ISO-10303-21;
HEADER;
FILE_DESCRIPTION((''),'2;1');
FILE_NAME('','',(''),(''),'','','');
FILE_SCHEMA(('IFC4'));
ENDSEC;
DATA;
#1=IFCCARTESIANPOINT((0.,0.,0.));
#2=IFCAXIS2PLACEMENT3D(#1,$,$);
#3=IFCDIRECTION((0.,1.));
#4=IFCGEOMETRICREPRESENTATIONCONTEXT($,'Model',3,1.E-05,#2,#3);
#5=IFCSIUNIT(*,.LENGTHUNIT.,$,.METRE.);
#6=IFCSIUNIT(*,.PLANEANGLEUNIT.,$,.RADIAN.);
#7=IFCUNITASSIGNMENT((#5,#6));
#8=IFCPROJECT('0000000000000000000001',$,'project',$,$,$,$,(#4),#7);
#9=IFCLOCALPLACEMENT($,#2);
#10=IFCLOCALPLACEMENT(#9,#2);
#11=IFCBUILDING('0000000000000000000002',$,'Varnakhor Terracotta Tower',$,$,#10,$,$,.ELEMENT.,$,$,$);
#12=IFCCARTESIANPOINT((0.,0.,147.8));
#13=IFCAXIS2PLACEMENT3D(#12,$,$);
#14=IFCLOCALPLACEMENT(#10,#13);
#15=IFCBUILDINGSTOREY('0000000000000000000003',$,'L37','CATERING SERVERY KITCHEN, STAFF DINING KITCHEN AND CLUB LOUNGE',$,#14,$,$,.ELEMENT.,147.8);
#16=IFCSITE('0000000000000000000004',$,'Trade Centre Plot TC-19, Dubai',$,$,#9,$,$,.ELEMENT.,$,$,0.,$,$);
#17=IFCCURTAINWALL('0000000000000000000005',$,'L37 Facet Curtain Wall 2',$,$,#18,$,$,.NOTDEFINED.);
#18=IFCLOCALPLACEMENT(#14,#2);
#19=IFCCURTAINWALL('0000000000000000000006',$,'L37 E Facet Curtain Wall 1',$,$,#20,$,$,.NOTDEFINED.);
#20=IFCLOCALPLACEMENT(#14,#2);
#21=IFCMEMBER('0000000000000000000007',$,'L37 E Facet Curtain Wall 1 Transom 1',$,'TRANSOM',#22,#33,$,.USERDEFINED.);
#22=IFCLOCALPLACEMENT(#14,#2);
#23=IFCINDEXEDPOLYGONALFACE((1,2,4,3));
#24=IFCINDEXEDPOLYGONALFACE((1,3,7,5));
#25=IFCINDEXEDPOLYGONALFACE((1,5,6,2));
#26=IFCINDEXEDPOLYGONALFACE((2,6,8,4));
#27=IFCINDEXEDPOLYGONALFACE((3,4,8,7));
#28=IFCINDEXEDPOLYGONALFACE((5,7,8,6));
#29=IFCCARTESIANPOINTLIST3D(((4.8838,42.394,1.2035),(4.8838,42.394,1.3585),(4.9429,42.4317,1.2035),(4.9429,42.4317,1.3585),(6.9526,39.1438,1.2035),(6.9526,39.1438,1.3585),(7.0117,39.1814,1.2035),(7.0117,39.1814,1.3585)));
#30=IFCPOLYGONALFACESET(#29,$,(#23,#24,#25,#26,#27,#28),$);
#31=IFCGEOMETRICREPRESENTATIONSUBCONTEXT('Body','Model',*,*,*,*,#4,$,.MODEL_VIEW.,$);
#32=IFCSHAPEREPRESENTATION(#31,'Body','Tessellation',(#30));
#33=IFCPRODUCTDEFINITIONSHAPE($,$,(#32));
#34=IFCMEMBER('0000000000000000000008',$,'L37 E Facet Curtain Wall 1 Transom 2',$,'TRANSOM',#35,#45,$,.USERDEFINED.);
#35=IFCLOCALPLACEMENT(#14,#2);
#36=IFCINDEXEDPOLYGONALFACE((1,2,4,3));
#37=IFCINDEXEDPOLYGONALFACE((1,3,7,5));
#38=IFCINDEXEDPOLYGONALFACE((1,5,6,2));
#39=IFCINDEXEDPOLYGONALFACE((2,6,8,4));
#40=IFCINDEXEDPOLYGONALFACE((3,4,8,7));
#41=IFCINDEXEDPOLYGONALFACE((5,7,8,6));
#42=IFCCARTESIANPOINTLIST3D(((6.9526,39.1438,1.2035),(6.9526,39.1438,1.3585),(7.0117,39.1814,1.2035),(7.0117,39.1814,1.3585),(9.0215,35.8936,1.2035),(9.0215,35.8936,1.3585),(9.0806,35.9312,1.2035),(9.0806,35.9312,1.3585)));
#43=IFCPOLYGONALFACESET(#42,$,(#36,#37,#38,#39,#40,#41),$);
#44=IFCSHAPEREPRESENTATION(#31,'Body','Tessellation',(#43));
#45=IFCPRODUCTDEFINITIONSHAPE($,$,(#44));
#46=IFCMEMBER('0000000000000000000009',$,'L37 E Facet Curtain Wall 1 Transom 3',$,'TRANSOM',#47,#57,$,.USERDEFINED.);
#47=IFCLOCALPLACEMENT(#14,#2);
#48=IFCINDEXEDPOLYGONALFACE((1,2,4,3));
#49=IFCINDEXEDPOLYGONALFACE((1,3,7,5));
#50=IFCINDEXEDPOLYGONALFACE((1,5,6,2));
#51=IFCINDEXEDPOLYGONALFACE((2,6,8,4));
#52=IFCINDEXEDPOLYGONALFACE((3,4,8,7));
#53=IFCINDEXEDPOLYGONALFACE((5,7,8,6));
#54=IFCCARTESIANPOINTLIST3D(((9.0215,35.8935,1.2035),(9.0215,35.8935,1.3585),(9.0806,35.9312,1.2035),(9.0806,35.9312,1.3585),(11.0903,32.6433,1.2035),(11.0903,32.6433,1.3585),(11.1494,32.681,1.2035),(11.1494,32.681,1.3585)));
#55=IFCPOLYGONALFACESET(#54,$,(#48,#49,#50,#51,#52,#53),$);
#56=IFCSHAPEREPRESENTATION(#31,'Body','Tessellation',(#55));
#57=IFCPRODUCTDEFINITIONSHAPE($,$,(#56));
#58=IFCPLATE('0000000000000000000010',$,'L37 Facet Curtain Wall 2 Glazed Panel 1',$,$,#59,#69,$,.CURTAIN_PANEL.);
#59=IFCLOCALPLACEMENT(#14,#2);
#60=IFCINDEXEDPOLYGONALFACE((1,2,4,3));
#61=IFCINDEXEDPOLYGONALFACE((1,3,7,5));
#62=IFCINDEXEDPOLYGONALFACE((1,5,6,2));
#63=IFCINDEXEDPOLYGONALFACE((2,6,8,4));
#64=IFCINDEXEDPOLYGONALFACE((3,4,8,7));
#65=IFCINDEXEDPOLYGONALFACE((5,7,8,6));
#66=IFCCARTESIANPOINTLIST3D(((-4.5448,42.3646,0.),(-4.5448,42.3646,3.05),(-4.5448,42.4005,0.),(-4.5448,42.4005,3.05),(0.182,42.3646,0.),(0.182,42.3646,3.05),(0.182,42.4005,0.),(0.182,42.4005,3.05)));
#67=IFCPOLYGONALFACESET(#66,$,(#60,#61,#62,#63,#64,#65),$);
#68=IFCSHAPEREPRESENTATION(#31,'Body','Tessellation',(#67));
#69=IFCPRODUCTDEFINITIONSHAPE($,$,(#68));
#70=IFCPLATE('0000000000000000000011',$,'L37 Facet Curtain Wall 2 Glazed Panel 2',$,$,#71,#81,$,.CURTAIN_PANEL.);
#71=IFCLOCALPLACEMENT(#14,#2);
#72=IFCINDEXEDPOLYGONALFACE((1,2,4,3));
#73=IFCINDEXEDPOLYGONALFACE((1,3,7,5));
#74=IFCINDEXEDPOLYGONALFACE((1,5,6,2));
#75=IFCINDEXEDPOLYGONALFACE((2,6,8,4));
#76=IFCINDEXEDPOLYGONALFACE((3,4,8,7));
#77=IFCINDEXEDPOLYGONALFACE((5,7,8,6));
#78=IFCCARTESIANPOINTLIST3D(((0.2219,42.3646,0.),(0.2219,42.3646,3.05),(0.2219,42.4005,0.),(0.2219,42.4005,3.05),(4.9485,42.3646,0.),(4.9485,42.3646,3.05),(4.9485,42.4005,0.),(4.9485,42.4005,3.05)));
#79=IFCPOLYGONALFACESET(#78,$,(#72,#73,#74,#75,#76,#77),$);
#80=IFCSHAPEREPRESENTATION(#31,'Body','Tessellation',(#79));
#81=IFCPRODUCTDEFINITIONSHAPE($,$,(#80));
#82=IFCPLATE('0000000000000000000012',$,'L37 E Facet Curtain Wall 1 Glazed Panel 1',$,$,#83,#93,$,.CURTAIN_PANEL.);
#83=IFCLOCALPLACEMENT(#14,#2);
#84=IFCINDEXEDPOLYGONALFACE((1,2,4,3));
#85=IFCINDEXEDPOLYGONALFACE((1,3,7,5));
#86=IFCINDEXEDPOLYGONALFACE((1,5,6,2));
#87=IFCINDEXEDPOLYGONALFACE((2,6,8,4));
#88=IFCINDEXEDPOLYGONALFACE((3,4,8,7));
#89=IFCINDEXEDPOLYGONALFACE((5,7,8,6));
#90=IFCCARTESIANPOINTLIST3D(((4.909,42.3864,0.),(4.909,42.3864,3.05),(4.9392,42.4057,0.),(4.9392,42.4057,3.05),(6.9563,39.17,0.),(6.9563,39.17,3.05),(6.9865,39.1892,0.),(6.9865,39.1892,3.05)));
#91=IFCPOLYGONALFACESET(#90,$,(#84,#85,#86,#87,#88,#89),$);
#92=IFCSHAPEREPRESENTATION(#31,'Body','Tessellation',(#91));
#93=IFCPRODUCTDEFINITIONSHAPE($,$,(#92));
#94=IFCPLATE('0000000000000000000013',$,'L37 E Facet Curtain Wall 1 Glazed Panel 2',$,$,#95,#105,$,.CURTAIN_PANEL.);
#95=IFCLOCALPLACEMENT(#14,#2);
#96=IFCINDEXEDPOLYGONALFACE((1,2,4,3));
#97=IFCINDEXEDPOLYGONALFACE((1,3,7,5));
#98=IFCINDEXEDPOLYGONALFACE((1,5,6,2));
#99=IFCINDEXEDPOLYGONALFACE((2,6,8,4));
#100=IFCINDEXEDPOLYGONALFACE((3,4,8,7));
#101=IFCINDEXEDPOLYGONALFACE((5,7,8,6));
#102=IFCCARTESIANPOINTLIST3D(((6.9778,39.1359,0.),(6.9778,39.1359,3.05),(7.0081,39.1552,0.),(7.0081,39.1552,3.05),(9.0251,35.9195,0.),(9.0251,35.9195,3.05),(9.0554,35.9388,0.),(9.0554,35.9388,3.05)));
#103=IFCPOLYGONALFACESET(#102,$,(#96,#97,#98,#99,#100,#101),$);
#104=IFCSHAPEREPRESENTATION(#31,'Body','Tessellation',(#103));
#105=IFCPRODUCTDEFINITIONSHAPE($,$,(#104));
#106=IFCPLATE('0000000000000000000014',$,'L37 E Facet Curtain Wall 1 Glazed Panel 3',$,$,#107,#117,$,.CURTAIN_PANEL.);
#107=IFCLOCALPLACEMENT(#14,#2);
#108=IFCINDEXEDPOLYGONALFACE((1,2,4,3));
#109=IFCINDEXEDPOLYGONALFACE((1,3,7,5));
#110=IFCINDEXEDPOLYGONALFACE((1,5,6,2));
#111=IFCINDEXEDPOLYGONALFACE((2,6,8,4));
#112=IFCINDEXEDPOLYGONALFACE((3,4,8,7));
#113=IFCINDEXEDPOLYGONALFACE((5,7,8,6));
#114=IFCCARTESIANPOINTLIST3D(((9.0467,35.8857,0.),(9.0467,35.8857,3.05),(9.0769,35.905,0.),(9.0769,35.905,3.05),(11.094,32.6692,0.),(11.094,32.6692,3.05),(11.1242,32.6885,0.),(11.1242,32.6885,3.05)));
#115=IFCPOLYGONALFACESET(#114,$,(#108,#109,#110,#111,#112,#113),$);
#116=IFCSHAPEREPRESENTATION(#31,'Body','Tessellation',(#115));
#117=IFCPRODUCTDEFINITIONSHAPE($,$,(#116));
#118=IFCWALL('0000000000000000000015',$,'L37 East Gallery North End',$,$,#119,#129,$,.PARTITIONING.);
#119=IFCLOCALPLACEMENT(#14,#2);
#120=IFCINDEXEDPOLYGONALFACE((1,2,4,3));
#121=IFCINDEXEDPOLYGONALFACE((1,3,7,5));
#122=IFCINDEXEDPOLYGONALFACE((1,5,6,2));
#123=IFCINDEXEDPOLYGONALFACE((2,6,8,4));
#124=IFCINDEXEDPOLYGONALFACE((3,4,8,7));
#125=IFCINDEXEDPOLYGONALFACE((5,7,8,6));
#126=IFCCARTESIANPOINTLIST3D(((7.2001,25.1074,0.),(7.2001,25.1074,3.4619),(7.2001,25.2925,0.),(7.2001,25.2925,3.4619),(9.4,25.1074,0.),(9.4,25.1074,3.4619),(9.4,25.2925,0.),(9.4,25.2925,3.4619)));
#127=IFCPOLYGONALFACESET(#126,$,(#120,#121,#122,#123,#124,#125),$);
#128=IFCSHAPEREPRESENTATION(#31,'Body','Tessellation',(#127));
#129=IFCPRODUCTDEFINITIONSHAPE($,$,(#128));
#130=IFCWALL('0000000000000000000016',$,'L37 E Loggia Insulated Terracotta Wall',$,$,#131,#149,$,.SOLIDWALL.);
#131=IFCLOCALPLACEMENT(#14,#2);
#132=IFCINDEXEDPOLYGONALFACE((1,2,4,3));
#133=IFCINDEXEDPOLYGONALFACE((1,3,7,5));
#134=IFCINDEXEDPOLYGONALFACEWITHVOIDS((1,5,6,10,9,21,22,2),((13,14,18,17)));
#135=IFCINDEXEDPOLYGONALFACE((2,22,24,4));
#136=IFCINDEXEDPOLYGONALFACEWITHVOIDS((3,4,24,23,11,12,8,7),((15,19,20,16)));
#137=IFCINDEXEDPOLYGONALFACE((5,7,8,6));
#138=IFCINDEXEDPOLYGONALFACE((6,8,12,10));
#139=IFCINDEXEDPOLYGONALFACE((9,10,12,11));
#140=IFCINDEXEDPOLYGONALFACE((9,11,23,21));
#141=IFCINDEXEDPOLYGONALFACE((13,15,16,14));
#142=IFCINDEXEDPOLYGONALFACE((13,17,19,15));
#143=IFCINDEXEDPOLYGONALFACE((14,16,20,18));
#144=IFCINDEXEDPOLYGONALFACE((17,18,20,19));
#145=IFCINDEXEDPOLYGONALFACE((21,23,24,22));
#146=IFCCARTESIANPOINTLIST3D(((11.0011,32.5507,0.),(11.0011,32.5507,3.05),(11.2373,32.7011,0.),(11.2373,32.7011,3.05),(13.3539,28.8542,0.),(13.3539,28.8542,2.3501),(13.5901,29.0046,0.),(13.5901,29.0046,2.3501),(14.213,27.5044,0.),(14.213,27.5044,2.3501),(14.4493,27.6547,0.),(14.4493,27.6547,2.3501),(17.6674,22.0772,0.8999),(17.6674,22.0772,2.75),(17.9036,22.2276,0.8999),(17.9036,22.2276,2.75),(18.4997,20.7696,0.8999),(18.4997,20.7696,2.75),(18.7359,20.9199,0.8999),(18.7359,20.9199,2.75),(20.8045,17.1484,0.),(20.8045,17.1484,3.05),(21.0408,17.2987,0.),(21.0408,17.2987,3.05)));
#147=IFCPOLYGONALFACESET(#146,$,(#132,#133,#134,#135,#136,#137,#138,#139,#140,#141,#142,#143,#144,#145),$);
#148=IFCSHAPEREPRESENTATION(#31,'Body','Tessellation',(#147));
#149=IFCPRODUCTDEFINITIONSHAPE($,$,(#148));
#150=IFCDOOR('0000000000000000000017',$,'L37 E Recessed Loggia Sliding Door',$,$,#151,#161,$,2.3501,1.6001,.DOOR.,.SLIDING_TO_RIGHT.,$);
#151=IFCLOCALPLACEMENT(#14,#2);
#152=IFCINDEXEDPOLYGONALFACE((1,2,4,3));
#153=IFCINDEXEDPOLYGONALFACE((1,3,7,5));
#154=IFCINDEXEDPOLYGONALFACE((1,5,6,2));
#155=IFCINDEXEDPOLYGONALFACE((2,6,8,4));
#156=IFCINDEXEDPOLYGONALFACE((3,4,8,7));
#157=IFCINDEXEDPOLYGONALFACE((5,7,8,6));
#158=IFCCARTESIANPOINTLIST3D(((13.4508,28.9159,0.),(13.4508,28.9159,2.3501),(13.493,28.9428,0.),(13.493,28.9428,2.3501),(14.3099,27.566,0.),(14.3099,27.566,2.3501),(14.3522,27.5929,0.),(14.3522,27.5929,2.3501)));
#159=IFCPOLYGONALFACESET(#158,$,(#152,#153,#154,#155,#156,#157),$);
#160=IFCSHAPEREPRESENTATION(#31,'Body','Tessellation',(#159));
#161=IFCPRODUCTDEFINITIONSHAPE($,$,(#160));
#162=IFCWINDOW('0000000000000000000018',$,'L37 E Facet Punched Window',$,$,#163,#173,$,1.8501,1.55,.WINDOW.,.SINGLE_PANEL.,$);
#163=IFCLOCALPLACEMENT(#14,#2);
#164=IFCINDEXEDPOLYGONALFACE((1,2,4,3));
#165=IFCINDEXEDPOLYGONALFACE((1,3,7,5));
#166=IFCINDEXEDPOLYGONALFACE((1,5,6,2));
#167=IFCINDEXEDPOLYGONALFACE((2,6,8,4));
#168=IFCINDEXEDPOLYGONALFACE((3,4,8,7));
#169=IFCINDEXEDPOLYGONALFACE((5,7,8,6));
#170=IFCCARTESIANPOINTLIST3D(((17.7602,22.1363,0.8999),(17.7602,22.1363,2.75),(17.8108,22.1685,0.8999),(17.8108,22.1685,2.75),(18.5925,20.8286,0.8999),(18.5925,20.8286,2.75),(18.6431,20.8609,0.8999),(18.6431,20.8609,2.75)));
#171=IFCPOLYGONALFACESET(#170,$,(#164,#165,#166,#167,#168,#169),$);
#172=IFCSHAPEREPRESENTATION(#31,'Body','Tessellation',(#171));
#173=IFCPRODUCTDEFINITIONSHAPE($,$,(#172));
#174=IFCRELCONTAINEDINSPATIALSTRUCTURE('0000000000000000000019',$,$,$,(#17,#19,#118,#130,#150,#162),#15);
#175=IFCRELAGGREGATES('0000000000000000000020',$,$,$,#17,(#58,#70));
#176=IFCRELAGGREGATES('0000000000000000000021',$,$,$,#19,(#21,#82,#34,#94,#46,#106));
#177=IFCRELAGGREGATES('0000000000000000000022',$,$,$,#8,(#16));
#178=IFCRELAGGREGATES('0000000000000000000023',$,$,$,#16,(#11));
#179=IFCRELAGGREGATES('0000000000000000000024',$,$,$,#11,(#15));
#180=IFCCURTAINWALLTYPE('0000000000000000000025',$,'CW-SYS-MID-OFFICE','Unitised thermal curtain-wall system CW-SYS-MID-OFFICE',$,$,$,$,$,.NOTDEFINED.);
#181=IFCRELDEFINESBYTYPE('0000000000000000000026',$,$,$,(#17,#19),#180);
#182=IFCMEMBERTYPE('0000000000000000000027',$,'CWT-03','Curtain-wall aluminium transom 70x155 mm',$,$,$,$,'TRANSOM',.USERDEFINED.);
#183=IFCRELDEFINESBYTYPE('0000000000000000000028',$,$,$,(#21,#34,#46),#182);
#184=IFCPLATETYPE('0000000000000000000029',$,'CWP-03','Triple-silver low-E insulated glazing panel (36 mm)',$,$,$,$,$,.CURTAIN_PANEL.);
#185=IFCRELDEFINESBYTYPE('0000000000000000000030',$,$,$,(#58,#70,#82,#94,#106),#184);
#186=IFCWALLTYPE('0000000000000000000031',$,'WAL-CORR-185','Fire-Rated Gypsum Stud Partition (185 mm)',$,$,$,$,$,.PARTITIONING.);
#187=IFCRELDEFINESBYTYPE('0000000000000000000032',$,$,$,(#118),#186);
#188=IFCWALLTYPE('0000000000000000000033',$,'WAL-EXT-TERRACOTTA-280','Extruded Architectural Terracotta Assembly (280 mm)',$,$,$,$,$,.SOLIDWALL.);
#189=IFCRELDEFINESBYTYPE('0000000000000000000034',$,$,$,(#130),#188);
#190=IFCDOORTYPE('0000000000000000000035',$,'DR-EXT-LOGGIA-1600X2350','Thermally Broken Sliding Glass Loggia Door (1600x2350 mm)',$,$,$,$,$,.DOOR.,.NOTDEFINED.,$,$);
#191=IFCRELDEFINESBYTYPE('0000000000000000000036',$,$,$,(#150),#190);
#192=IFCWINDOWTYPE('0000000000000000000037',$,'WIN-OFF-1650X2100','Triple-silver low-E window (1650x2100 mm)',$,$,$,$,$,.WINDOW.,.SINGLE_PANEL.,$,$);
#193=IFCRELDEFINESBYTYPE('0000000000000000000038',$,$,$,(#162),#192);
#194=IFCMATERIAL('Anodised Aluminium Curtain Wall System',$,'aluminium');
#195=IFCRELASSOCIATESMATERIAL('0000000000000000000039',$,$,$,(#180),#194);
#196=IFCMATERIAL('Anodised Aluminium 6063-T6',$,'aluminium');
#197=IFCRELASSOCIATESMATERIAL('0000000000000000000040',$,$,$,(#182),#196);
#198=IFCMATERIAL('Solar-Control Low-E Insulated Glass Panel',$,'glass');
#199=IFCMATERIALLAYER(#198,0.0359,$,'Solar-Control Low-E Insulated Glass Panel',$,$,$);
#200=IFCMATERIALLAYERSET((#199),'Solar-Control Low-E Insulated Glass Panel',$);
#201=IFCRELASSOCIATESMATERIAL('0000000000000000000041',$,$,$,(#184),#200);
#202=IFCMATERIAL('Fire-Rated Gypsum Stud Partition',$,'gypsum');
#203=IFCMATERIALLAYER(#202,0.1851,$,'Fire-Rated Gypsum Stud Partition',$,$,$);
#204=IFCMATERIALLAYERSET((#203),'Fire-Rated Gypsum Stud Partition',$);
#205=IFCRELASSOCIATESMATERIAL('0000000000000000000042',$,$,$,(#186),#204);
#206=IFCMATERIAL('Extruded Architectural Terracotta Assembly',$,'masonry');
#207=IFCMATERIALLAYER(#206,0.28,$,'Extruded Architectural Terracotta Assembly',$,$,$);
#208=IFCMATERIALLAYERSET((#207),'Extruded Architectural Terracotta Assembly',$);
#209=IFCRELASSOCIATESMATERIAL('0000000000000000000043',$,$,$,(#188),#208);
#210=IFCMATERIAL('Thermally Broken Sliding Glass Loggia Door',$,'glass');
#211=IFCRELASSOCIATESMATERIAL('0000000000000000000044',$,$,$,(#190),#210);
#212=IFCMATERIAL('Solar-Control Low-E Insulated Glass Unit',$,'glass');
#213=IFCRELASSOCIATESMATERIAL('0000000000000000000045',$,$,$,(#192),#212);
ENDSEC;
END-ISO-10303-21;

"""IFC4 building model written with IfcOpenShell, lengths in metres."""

from ifc_helpers import new_model, si_unit, direction, frame, frame_2d, origin, origin_2d, place, context, subcontext, project, spatial, rectangle, extrude, source, transform, mapped, material, layer, layer_set, material_profile, profile_set, type_object, type_shapes, element, fill, aggregate, save


model = new_model("IFC4")

# Units and contexts
model_context = context("Model", 3, precision=1e-05, world=origin(), true_north=direction((0.0, 1.0)))
body_context = subcontext(model_context, "Body", "Model", "MODEL_VIEW")
ifc_project = project(units=[si_unit("LENGTHUNIT", "METRE"), si_unit("PLANEANGLEUNIT", "RADIAN")], contexts=[model_context])

# Site, building, storey
site_placement = place(None, origin())
site = spatial("IfcSite", under=ifc_project, at=site_placement, Name="Trade Centre Plot TC-19, Dubai", CompositionType="ELEMENT", RefElevation=0.0)
building_placement = place(site_placement, origin())
building = spatial("IfcBuilding", under=site, at=building_placement, Name="Varnakhor Terracotta Tower", CompositionType="ELEMENT")
storey_placement = place(building_placement, frame((0.0, 0.0, 147.8)))
storey = spatial("IfcBuildingStorey", under=building, at=storey_placement, Name="L37", Description="CATERING SERVERY KITCHEN, STAFF DINING KITCHEN AND CLUB LOUNGE", CompositionType="ELEMENT", Elevation=147.8)

# Curtain wall
ifc_material_1 = material(Name="Anodised Aluminium Curtain Wall System", Category="aluminium")
curtain_wall_type = type_object("IfcCurtainWallType", Name="CW-SYS-MID-OFFICE", Description="Unitised thermal curtain-wall system CW-SYS-MID-OFFICE", PredefinedType="NOTDEFINED", material=ifc_material_1)
curtain_wall_1_placement = place(storey_placement, origin())
curtain_wall_1 = element("IfcCurtainWall", 1, at=curtain_wall_1_placement, inside=storey, type_object=curtain_wall_type, Name="L37 Facet Curtain Wall 2", PredefinedType="NOTDEFINED")
ifc_material_2 = material(Name="Anodised Aluminium 6063-T6", Category="aluminium")

# Curtain wall
curtain_wall_2_placement = place(storey_placement, origin())
curtain_wall_2 = element("IfcCurtainWall", 2, at=curtain_wall_2_placement, inside=storey, type_object=curtain_wall_type, Name="L37 E Facet Curtain Wall 1", PredefinedType="NOTDEFINED")

# Members
ifc_material_profile_1 = material_profile(ifc_material_2, rectangle(XDim=0.0701, YDim=0.155, at=origin_2d()), Name="ALU TRANSOM 70x155")
ifc_profile_set_1 = profile_set([ifc_material_profile_1], Name="Anodised Aluminium 6063-T6")
member_type_1 = type_object("IfcMemberType", Name="CWT-03", Description="Curtain-wall aluminium transom 70x155 mm", ElementType="TRANSOM", PredefinedType="USERDEFINED", material=ifc_profile_set_1)
shared_shape_1 = source(origin(), body_context, "Body", "SweptSolid", [
    extrude(rectangle(XDim=0.0701, YDim=0.155, at=origin_2d()), origin(), (0.0, 0.0, 1.0), 3.8528),
])
member_1_placement = place(storey_placement, frame((4.9133, 42.4128, 1.281), z_axis=(0.53697, -0.843601, 0.0), x_axis=(0.843601, 0.53697, 0.0)))
member_1 = element("IfcMember", 3, at=member_1_placement, type_object=member_type_1, Name="L37 E Facet Curtain Wall 1 Transom 1", ObjectType="TRANSOM", PredefinedType="USERDEFINED", context=body_context, shape_type="MappedRepresentation", body=[
    mapped(shared_shape_1, transform((0.0, 0.0, 0.0), scale=1.0)),
])
member_2_placement = place(storey_placement, frame((6.9822, 39.1626, 1.281), z_axis=(0.53697, -0.843601, 0.0), x_axis=(0.843601, 0.53697, 0.0)))
member_2 = element("IfcMember", 4, at=member_2_placement, type_object=member_type_1, Name="L37 E Facet Curtain Wall 1 Transom 2", ObjectType="TRANSOM", PredefinedType="USERDEFINED", context=body_context, shape_type="MappedRepresentation", body=[
    mapped(shared_shape_1, transform((0.0, 0.0, 0.0), scale=1.0)),
])
member_3_placement = place(storey_placement, frame((9.051, 35.9124, 1.281), z_axis=(0.53697, -0.843601, 0.0), x_axis=(0.843601, 0.53697, 0.0)))
member_3 = element("IfcMember", 5, at=member_3_placement, type_object=member_type_1, Name="L37 E Facet Curtain Wall 1 Transom 3", ObjectType="TRANSOM", PredefinedType="USERDEFINED", context=body_context, shape_type="MappedRepresentation", body=[
    mapped(shared_shape_1, transform((0.0, 0.0, 0.0), scale=1.0)),
])

# Plates
ifc_material_3 = material(Name="Solar-Control Low-E Insulated Glass Panel", Category="glass")
ifc_layer_1 = layer(ifc_material_3, 0.0359, Name="Solar-Control Low-E Insulated Glass Panel")
ifc_layer_set_1 = layer_set([ifc_layer_1], Name="Solar-Control Low-E Insulated Glass Panel")
plate_type = type_object("IfcPlateType", Name="CWP-03", Description="Triple-silver low-E insulated glazing panel (36 mm)", PredefinedType="CURTAIN_PANEL", material=ifc_layer_set_1)
shared_shape_2 = source(origin(), body_context, "Body", "SweptSolid", [
    extrude(rectangle(XDim=4.7268, YDim=0.0359, at=origin_2d()), origin(), (0.0, 0.0, 1.0), 3.05),
])
plate_1_placement = place(storey_placement, frame((-2.1814, 42.3826, 0.0), z_axis=(0.0, 0.0, 1.0), x_axis=(1.0, 0.0, 0.0)))
plate_1 = element("IfcPlate", 6, at=plate_1_placement, type_object=plate_type, Name="L37 Facet Curtain Wall 2 Glazed Panel 1", PredefinedType="CURTAIN_PANEL", context=body_context, shape_type="MappedRepresentation", body=[
    mapped(shared_shape_2, transform((0.0, 0.0, 0.0), scale=1.0)),
])
shared_shape_3 = source(origin(), body_context, "Body", "SweptSolid", [
    extrude(rectangle(XDim=4.7266, YDim=0.0359, at=origin_2d()), origin(), (0.0, 0.0, 1.0), 3.05),
])
plate_2_placement = place(storey_placement, frame((2.5852, 42.3826, 0.0), z_axis=(0.0, 0.0, 1.0), x_axis=(1.0, 0.0, 0.0)))
plate_2 = element("IfcPlate", 7, at=plate_2_placement, type_object=plate_type, Name="L37 Facet Curtain Wall 2 Glazed Panel 2", PredefinedType="CURTAIN_PANEL", context=body_context, shape_type="MappedRepresentation", body=[
    mapped(shared_shape_3, transform((0.0, 0.0, 0.0), scale=1.0)),
])
aggregate(curtain_wall_1, [plate_1, plate_2])
shared_shape_4 = source(origin(), body_context, "Body", "SweptSolid", [
    extrude(rectangle(XDim=3.8127, YDim=0.0359, at=origin_2d()), origin(), (0.0, 0.0, 1.0), 3.05),
])
plate_3_placement = place(storey_placement, frame((5.9478, 40.7878, 0.0), z_axis=(0.0, 0.0, 1.0), x_axis=(0.536961, -0.843607, 0.0)))
plate_3 = element("IfcPlate", 8, at=plate_3_placement, type_object=plate_type, Name="L37 E Facet Curtain Wall 1 Glazed Panel 1", PredefinedType="CURTAIN_PANEL", context=body_context, shape_type="MappedRepresentation", body=[
    mapped(shared_shape_4, transform((0.0, 0.0, 0.0), scale=1.0)),
])
plate_4_placement = place(storey_placement, frame((8.0166, 37.5374, 0.0), z_axis=(0.0, 0.0, 1.0), x_axis=(0.536961, -0.843607, 0.0)))
plate_4 = element("IfcPlate", 9, at=plate_4_placement, type_object=plate_type, Name="L37 E Facet Curtain Wall 1 Glazed Panel 2", PredefinedType="CURTAIN_PANEL", context=body_context, shape_type="MappedRepresentation", body=[
    mapped(shared_shape_4, transform((0.0, 0.0, 0.0), scale=1.0)),
])
plate_5_placement = place(storey_placement, frame((10.0854, 34.2871, 0.0), z_axis=(0.0, 0.0, 1.0), x_axis=(0.536961, -0.843607, 0.0)))
plate_5 = element("IfcPlate", 10, at=plate_5_placement, type_object=plate_type, Name="L37 E Facet Curtain Wall 1 Glazed Panel 3", PredefinedType="CURTAIN_PANEL", context=body_context, shape_type="MappedRepresentation", body=[
    mapped(shared_shape_4, transform((0.0, 0.0, 0.0), scale=1.0)),
])
aggregate(curtain_wall_2, [member_1, plate_3, member_2, plate_4, member_3, plate_5])

# Wall
ifc_material_4 = material(Name="Fire-Rated Gypsum Stud Partition", Category="gypsum")
ifc_layer_2 = layer(ifc_material_4, 0.1851, Name="Fire-Rated Gypsum Stud Partition")
ifc_layer_set_2 = layer_set([ifc_layer_2], Name="Fire-Rated Gypsum Stud Partition")
wall_type_1 = type_object("IfcWallType", Name="WAL-CORR-185", Description="Fire-Rated Gypsum Stud Partition (185 mm)", PredefinedType="PARTITIONING", material=ifc_layer_set_2)
wall_1_placement = place(storey_placement, frame((7.2, 25.2, 0.0), z_axis=(0.0, 0.0, 1.0), x_axis=(1.0, 0.0, 0.0)))
element("IfcWall", 11, at=wall_1_placement, inside=storey, type_object=wall_type_1, Name="L37 East Gallery North End", PredefinedType="PARTITIONING", context=body_context, shape_type="SweptSolid", body=[
    extrude(rectangle(XDim=2.2, YDim=0.1851, at=frame_2d((1.1001, 0.0))), origin(), (0.0, 0.0, 1.0), 3.4619),
])

# Wall, openings, door, window
ifc_material_5 = material(Name="Extruded Architectural Terracotta Assembly", Category="masonry")
ifc_layer_3 = layer(ifc_material_5, 0.28, Name="Extruded Architectural Terracotta Assembly")
ifc_layer_set_3 = layer_set([ifc_layer_3], Name="Extruded Architectural Terracotta Assembly")
wall_type_2 = type_object("IfcWallType", Name="WAL-EXT-TERRACOTTA-280", Description="Extruded Architectural Terracotta Assembly (280 mm)", PredefinedType="SOLIDWALL", material=ifc_layer_set_3)
wall_2_placement = place(storey_placement, frame((11.1191, 32.626, 0.0), z_axis=(0.0, 0.0, 1.0), x_axis=(0.536952, -0.843612, 0.0)))
wall_2 = element("IfcWall", 12, at=wall_2_placement, inside=storey, type_object=wall_type_2, Name="L37 E Loggia Insulated Terracotta Wall", PredefinedType="SOLIDWALL", context=body_context, shape_type="SweptSolid", body=[
    extrude(rectangle(XDim=18.2576, YDim=0.28, at=frame_2d((9.1289, 0.0))), origin(), (0.0, 0.0, 1.0), 3.05),
])
opening_1_placement = place(wall_2_placement, frame((4.3818, 0.0, 0.0)))
opening_1 = element("IfcOpeningElement", 13, at=opening_1_placement, cuts=wall_2, PredefinedType="OPENING", context=body_context, shape_type="SweptSolid", body=[
    extrude(rectangle(XDim=1.6001, YDim=2.3501, at=frame_2d((0.8, 1.175))), frame((0.0, 0.1499, 0.0), z_axis=(0.0, -1.0, 0.0), x_axis=(1.0, 0.0, 0.0)), (0.0, 0.0, 1.0), 0.3),
])
opening_2_placement = place(wall_2_placement, frame((12.4153, 0.0, 0.8999)))
opening_2 = element("IfcOpeningElement", 14, at=opening_2_placement, cuts=wall_2, PredefinedType="OPENING", context=body_context, shape_type="SweptSolid", body=[
    extrude(rectangle(XDim=1.55, YDim=1.8501, at=frame_2d((0.7749, 0.925))), frame((0.0, 0.1499, 0.0), z_axis=(0.0, -1.0, 0.0), x_axis=(1.0, 0.0, 0.0)), (0.0, 0.0, 1.0), 0.3),
])
ifc_material_6 = material(Name="Thermally Broken Sliding Glass Loggia Door", Category="glass")
door_type = type_object("IfcDoorType", Name="DR-EXT-LOGGIA-1600X2350", Description="Thermally Broken Sliding Glass Loggia Door (1600x2350 mm)", OperationType="NOTDEFINED", PredefinedType="DOOR", material=ifc_material_6)
shared_shape_5 = source(origin(), body_context, "Body", "SweptSolid", [
    extrude(rectangle(XDim=1.6001, YDim=2.3501, at=frame_2d((0.8, 1.175))), frame((0.0, 0.0249, 0.0), z_axis=(0.0, -1.0, 0.0), x_axis=(1.0, 0.0, 0.0)), (0.0, 0.0, 1.0), 0.05),
])
type_shapes(door_type, [shared_shape_5])
door_placement = place(opening_1_placement, origin())
door = element("IfcDoor", 15, at=door_placement, inside=storey, type_object=door_type, Name="L37 E Recessed Loggia Sliding Door", OperationType="SLIDING_TO_RIGHT", OverallHeight=2.3501, OverallWidth=1.6001, PredefinedType="DOOR", context=body_context, shape_type="MappedRepresentation", body=[
    mapped(shared_shape_5, transform((0.0, 0.0, 0.0), scale=1.0)),
])
fill(opening_1, door)
ifc_material_7 = material(Name="Solar-Control Low-E Insulated Glass Unit", Category="glass")
window_type = type_object("IfcWindowType", Name="WIN-OFF-1650X2100", Description="Triple-silver low-E window (1650x2100 mm)", PartitioningType="SINGLE_PANEL", PredefinedType="WINDOW", material=ifc_material_7)
shared_shape_6 = source(origin(), body_context, "Body", "SweptSolid", [
    extrude(rectangle(XDim=1.55, YDim=1.8501, at=frame_2d((0.7749, 0.925))), frame((0.0, 0.03, 0.0), z_axis=(0.0, -1.0, 0.0), x_axis=(1.0, 0.0, 0.0)), (0.0, 0.0, 1.0), 0.0601),
])
type_shapes(window_type, [shared_shape_6])
window_placement = place(opening_2_placement, origin())
window = element("IfcWindow", 16, at=window_placement, inside=storey, type_object=window_type, Name="L37 E Facet Punched Window", OverallHeight=1.8501, OverallWidth=1.55, PartitioningType="SINGLE_PANEL", PredefinedType="WINDOW", context=body_context, shape_type="MappedRepresentation", body=[
    mapped(shared_shape_6, transform((0.0, 0.0, 0.0), scale=1.0)),
])
fill(opening_2, window)

save(model, "model.ifc")
